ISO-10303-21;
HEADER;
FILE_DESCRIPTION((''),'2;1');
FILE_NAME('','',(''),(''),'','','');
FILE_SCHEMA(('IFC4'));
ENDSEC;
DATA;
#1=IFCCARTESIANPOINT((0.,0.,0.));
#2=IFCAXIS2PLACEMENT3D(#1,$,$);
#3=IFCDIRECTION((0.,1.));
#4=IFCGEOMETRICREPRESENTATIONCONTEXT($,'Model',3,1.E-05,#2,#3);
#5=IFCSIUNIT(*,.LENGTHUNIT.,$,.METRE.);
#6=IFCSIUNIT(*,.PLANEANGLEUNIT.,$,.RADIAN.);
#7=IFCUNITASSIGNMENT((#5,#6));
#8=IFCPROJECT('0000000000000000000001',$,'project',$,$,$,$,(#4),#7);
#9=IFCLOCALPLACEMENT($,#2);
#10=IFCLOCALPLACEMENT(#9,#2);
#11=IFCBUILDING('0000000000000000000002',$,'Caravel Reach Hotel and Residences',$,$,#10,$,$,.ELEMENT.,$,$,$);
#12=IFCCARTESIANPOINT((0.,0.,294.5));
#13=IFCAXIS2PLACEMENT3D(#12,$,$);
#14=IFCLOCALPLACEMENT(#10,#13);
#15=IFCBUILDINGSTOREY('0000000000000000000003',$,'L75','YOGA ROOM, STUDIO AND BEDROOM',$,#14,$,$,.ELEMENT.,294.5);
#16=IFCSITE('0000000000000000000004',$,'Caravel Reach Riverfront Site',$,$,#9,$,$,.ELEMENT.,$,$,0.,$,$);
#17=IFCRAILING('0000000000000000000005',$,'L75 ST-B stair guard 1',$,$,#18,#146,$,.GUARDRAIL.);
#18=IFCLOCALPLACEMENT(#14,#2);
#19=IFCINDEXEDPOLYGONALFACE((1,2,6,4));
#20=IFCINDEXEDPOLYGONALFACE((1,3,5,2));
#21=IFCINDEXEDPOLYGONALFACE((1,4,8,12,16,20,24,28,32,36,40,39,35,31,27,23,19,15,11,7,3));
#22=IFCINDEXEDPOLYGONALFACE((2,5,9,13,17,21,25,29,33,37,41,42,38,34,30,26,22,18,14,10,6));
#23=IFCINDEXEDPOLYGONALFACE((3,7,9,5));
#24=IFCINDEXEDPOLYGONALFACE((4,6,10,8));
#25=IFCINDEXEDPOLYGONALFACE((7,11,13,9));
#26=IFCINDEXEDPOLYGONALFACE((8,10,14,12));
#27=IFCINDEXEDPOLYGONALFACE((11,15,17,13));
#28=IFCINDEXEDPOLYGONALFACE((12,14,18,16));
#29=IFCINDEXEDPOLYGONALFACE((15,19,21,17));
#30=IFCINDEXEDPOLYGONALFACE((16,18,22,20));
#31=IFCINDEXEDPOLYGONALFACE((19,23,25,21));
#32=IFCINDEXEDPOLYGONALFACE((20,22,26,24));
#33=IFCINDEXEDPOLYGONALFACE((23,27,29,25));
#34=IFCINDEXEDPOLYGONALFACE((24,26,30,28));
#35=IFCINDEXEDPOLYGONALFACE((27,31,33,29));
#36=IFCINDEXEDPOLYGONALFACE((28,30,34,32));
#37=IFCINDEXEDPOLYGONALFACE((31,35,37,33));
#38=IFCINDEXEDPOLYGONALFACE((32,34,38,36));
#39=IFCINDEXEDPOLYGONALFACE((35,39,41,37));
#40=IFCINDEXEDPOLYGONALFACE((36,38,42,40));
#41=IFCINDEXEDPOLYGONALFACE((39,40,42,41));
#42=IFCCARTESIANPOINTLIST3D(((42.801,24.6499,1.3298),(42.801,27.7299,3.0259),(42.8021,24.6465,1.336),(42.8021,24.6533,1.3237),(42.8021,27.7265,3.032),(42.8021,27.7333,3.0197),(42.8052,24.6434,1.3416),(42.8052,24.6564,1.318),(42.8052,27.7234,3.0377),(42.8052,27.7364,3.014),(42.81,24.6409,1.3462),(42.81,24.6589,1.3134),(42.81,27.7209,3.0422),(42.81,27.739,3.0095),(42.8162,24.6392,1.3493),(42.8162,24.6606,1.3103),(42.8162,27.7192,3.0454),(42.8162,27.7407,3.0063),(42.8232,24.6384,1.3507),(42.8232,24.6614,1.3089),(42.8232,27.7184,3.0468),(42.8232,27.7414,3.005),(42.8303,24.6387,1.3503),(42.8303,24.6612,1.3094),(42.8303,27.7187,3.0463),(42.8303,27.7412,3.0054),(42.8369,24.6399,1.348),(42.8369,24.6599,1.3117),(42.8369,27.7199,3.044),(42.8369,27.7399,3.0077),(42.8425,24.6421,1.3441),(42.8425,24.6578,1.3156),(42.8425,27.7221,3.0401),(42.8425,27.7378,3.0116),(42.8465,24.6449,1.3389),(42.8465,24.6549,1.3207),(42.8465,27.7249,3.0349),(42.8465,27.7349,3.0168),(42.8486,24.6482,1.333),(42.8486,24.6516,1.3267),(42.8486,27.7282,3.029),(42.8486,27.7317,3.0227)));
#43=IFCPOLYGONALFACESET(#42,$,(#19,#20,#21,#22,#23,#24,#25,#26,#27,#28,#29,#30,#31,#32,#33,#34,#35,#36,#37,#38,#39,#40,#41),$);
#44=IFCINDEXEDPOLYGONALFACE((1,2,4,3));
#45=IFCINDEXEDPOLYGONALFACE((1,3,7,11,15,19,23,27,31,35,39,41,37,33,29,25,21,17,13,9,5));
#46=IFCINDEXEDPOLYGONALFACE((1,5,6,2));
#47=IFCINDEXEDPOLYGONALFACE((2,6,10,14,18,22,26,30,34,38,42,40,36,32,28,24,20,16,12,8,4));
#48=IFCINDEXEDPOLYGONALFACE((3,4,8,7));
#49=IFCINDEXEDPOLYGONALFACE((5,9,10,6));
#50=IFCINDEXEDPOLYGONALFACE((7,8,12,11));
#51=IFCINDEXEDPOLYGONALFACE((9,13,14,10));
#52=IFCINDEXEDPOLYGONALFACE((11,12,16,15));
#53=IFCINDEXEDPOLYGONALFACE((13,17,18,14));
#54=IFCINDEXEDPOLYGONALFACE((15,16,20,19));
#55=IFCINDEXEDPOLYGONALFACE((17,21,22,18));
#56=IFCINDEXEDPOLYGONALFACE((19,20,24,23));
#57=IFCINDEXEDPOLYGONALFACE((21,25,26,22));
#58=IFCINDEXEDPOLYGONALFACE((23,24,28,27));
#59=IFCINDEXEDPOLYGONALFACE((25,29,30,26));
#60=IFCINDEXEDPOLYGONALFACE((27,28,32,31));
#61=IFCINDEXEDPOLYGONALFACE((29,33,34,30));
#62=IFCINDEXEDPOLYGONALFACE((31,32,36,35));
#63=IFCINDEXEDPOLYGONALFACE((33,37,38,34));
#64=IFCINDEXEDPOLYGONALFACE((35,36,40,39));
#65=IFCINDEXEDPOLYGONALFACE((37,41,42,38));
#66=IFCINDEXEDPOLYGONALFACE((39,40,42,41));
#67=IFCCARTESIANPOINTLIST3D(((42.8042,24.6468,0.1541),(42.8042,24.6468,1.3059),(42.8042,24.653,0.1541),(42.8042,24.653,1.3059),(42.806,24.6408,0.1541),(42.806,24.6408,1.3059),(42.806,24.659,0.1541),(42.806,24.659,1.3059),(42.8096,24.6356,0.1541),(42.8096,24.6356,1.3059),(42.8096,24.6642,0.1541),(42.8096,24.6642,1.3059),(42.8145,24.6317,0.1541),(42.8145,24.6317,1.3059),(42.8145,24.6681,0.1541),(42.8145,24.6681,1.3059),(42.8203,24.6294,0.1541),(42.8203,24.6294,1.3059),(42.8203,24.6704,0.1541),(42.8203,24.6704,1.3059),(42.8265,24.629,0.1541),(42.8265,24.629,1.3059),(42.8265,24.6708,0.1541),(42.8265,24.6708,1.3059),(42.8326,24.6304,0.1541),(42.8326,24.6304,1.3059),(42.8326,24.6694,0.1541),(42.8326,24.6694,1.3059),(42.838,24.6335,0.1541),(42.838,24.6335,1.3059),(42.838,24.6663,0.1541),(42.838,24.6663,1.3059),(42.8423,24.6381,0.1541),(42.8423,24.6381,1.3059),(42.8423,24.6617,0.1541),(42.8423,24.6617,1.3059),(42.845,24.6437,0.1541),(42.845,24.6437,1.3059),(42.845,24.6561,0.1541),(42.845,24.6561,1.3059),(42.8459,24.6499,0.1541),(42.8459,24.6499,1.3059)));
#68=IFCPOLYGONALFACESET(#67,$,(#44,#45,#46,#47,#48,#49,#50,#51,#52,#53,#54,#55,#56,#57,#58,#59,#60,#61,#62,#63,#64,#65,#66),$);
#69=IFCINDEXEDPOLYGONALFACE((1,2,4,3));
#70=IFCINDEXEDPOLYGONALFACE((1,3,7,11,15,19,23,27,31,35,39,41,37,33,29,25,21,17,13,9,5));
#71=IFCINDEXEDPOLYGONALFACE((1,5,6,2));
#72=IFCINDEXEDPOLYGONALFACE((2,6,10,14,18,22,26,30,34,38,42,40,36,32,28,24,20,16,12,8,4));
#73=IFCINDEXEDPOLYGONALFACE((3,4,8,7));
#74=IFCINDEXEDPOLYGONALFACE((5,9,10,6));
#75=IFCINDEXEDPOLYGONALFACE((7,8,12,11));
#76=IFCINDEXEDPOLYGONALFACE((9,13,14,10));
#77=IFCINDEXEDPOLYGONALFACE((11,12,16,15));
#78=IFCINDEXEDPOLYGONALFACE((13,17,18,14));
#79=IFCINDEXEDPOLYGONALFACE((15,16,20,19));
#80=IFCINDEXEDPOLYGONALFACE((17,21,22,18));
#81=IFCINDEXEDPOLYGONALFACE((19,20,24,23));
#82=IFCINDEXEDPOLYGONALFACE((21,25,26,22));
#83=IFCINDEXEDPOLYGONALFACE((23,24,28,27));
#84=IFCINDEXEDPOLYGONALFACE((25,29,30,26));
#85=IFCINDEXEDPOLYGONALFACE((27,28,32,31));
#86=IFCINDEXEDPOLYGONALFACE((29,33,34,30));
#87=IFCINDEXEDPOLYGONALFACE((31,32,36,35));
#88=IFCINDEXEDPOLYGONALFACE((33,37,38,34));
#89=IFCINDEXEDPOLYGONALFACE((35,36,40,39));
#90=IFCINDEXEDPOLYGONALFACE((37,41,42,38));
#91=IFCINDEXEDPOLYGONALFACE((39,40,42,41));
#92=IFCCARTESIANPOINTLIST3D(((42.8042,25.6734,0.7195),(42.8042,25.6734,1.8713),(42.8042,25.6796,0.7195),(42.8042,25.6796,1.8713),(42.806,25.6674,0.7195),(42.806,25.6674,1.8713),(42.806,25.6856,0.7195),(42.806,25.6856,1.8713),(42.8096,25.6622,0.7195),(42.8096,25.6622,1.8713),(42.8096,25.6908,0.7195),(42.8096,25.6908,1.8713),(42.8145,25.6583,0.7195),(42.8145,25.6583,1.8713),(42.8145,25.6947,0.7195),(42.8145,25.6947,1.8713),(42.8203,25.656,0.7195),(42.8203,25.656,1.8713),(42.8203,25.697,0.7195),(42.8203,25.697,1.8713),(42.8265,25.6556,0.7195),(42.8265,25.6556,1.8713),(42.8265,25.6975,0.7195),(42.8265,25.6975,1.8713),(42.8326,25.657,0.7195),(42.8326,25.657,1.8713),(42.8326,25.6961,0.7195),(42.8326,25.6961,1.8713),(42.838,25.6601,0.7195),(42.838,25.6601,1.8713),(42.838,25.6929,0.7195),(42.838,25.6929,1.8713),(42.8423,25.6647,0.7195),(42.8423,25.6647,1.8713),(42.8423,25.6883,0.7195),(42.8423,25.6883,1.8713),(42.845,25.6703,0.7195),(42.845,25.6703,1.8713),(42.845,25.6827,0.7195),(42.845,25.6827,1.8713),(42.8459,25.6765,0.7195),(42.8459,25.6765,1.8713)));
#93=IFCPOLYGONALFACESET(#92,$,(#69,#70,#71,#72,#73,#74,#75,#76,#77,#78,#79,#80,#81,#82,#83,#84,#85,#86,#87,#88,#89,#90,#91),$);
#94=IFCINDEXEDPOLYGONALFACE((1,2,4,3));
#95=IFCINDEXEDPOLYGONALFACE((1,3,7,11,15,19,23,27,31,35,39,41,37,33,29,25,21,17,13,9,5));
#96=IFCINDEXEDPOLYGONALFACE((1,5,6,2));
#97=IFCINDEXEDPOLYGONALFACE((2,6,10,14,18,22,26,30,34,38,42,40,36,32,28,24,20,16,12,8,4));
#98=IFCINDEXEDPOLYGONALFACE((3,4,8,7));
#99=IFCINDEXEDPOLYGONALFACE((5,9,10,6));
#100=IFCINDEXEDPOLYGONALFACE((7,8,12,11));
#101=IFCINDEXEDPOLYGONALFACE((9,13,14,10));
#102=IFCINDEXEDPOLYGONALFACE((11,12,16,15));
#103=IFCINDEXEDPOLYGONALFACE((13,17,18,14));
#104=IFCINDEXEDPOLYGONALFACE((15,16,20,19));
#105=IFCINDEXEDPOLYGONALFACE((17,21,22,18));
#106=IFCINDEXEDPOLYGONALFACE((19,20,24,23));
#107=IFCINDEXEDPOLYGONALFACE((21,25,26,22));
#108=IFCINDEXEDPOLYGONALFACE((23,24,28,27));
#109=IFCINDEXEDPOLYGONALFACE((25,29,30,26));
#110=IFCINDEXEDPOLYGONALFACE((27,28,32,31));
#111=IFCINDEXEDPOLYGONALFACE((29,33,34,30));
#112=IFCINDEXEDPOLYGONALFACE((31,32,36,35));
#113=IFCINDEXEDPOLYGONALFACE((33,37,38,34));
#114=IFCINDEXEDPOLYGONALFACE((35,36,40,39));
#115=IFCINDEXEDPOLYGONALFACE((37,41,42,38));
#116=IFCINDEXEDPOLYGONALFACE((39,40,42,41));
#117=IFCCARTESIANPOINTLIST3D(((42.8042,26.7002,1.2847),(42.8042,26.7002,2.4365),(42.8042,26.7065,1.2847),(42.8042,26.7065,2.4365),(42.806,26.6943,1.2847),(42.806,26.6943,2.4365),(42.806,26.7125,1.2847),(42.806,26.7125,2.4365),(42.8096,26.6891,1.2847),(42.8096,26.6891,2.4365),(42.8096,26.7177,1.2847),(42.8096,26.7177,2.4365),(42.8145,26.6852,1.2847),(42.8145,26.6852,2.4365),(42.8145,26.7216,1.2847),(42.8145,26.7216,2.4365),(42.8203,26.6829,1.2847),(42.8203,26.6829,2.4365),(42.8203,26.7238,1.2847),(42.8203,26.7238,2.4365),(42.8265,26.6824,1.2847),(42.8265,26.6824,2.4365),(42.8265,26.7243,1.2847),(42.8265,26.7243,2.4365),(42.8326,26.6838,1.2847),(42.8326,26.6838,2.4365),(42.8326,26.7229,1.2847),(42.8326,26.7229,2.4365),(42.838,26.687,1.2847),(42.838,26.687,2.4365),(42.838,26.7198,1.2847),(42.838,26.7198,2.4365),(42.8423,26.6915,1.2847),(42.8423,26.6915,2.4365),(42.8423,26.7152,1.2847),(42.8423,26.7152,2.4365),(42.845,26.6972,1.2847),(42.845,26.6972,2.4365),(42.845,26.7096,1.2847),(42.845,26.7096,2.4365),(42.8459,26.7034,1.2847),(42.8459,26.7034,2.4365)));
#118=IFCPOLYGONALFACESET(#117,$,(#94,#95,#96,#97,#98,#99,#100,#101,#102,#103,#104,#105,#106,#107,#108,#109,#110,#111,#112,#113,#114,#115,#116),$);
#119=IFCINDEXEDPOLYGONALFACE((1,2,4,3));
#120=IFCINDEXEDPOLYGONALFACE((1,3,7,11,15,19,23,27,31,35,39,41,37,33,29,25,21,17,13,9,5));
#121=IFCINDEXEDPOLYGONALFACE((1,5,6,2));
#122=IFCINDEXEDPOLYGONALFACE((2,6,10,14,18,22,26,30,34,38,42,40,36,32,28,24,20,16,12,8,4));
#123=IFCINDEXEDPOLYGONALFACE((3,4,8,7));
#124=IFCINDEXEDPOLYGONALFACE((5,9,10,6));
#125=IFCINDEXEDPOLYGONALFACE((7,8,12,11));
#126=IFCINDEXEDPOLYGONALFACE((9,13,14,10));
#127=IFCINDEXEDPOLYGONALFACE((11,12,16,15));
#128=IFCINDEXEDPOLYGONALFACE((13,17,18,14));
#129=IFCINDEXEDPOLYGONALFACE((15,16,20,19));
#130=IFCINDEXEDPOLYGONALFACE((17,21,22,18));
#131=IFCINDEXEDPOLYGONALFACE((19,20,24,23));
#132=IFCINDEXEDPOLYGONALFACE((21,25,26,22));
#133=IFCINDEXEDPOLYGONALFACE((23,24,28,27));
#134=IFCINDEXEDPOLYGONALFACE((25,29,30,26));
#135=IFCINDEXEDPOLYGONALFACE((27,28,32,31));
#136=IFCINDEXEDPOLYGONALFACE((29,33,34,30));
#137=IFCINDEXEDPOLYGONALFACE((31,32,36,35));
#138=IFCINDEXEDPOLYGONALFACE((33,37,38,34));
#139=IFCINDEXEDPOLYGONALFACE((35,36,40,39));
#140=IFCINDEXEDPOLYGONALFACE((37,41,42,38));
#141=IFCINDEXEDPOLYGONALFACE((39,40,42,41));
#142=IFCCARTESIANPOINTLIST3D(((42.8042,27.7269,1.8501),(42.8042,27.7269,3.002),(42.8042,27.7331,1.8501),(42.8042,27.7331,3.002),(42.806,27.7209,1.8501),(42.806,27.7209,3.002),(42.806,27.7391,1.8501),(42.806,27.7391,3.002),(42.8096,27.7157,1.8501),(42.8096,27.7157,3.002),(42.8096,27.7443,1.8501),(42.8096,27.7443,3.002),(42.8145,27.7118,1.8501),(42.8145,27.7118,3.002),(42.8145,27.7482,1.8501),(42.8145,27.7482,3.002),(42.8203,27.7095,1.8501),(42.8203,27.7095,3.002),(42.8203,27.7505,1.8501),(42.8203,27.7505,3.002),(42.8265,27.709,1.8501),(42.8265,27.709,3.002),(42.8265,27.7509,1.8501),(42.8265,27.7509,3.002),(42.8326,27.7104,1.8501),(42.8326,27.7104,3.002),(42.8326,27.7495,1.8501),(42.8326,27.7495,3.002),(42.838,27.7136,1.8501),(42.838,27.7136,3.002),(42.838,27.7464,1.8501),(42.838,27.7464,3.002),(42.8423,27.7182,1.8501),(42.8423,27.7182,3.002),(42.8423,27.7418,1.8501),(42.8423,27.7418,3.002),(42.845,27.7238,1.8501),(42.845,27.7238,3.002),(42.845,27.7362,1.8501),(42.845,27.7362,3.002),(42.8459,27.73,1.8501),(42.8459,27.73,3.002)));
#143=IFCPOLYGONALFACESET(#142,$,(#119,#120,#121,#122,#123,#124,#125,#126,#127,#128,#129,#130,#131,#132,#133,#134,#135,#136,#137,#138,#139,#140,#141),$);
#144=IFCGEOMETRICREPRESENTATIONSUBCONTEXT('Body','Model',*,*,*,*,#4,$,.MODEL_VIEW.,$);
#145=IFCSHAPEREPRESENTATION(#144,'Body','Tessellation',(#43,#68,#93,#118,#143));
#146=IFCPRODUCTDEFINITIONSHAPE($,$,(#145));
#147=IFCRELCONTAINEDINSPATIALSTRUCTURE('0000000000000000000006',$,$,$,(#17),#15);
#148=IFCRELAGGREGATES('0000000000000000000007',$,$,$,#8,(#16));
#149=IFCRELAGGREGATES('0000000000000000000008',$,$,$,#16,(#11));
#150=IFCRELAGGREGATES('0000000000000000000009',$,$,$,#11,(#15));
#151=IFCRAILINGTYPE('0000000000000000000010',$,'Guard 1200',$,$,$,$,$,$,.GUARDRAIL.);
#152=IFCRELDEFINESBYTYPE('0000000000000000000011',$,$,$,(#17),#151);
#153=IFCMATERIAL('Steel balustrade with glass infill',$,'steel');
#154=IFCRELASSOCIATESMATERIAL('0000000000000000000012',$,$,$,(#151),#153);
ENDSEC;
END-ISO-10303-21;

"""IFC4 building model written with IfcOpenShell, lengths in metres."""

from ifc_helpers import new_model, si_unit, direction, frame, origin, origin_2d, place, context, subcontext, project, spatial, circle, extrude, material, type_object, element, save


model = new_model("IFC4")

# Units and contexts
model_context = context("Model", 3, precision=1e-05, world=origin(), true_north=direction((0.0, 1.0)))
body_context = subcontext(model_context, "Body", "Model", "MODEL_VIEW")
ifc_project = project(units=[si_unit("LENGTHUNIT", "METRE"), si_unit("PLANEANGLEUNIT", "RADIAN")], contexts=[model_context])

# Site, building, storey
site_placement = place(None, origin())
site = spatial("IfcSite", under=ifc_project, at=site_placement, Name="Caravel Reach Riverfront Site", CompositionType="ELEMENT", RefElevation=0.0)
building_placement = place(site_placement, origin())
building = spatial("IfcBuilding", under=site, at=building_placement, Name="Caravel Reach Hotel and Residences", CompositionType="ELEMENT")
storey_placement = place(building_placement, frame((0.0, 0.0, 294.5)))
storey = spatial("IfcBuildingStorey", under=building, at=storey_placement, Name="L75", Description="YOGA ROOM, STUDIO AND BEDROOM", CompositionType="ELEMENT", Elevation=294.5)

# Railing
ifc_material_1 = material(Name="Steel balustrade with glass infill", Category="steel")
railing_type = type_object("IfcRailingType", Name="Guard 1200", PredefinedType="GUARDRAIL", material=ifc_material_1)
railing_1_placement = place(storey_placement, frame((42.825, 24.6499, 0.1541)))
element("IfcRailing", 1, at=railing_1_placement, inside=storey, type_object=railing_type, Name="L75 ST-B stair guard 1", PredefinedType="GUARDRAIL", context=body_context, shape_type="SweptSolid", body=[
    extrude(circle(Radius=0.0239, at=origin_2d()), frame((0.0, 0.0, 1.1758), z_axis=(0.0, 0.875975, 0.482356), x_axis=(-1.0, 0.0, 0.0)), (0.0, 0.0, 1.0), 3.5161),
    extrude(circle(Radius=0.021, at=origin_2d()), origin(), (0.0, 0.0, 1.0), 1.1519),
    extrude(circle(Radius=0.021, at=origin_2d()), frame((0.0, 1.0266, 0.5654)), (0.0, 0.0, 1.0), 1.1519),
    extrude(circle(Radius=0.021, at=origin_2d()), frame((0.0, 2.0535, 1.1306)), (0.0, 0.0, 1.0), 1.1519),
    extrude(circle(Radius=0.021, at=origin_2d()), frame((0.0, 3.0801, 1.696)), (0.0, 0.0, 1.0), 1.1519),
])

save(model, "model.ifc")
